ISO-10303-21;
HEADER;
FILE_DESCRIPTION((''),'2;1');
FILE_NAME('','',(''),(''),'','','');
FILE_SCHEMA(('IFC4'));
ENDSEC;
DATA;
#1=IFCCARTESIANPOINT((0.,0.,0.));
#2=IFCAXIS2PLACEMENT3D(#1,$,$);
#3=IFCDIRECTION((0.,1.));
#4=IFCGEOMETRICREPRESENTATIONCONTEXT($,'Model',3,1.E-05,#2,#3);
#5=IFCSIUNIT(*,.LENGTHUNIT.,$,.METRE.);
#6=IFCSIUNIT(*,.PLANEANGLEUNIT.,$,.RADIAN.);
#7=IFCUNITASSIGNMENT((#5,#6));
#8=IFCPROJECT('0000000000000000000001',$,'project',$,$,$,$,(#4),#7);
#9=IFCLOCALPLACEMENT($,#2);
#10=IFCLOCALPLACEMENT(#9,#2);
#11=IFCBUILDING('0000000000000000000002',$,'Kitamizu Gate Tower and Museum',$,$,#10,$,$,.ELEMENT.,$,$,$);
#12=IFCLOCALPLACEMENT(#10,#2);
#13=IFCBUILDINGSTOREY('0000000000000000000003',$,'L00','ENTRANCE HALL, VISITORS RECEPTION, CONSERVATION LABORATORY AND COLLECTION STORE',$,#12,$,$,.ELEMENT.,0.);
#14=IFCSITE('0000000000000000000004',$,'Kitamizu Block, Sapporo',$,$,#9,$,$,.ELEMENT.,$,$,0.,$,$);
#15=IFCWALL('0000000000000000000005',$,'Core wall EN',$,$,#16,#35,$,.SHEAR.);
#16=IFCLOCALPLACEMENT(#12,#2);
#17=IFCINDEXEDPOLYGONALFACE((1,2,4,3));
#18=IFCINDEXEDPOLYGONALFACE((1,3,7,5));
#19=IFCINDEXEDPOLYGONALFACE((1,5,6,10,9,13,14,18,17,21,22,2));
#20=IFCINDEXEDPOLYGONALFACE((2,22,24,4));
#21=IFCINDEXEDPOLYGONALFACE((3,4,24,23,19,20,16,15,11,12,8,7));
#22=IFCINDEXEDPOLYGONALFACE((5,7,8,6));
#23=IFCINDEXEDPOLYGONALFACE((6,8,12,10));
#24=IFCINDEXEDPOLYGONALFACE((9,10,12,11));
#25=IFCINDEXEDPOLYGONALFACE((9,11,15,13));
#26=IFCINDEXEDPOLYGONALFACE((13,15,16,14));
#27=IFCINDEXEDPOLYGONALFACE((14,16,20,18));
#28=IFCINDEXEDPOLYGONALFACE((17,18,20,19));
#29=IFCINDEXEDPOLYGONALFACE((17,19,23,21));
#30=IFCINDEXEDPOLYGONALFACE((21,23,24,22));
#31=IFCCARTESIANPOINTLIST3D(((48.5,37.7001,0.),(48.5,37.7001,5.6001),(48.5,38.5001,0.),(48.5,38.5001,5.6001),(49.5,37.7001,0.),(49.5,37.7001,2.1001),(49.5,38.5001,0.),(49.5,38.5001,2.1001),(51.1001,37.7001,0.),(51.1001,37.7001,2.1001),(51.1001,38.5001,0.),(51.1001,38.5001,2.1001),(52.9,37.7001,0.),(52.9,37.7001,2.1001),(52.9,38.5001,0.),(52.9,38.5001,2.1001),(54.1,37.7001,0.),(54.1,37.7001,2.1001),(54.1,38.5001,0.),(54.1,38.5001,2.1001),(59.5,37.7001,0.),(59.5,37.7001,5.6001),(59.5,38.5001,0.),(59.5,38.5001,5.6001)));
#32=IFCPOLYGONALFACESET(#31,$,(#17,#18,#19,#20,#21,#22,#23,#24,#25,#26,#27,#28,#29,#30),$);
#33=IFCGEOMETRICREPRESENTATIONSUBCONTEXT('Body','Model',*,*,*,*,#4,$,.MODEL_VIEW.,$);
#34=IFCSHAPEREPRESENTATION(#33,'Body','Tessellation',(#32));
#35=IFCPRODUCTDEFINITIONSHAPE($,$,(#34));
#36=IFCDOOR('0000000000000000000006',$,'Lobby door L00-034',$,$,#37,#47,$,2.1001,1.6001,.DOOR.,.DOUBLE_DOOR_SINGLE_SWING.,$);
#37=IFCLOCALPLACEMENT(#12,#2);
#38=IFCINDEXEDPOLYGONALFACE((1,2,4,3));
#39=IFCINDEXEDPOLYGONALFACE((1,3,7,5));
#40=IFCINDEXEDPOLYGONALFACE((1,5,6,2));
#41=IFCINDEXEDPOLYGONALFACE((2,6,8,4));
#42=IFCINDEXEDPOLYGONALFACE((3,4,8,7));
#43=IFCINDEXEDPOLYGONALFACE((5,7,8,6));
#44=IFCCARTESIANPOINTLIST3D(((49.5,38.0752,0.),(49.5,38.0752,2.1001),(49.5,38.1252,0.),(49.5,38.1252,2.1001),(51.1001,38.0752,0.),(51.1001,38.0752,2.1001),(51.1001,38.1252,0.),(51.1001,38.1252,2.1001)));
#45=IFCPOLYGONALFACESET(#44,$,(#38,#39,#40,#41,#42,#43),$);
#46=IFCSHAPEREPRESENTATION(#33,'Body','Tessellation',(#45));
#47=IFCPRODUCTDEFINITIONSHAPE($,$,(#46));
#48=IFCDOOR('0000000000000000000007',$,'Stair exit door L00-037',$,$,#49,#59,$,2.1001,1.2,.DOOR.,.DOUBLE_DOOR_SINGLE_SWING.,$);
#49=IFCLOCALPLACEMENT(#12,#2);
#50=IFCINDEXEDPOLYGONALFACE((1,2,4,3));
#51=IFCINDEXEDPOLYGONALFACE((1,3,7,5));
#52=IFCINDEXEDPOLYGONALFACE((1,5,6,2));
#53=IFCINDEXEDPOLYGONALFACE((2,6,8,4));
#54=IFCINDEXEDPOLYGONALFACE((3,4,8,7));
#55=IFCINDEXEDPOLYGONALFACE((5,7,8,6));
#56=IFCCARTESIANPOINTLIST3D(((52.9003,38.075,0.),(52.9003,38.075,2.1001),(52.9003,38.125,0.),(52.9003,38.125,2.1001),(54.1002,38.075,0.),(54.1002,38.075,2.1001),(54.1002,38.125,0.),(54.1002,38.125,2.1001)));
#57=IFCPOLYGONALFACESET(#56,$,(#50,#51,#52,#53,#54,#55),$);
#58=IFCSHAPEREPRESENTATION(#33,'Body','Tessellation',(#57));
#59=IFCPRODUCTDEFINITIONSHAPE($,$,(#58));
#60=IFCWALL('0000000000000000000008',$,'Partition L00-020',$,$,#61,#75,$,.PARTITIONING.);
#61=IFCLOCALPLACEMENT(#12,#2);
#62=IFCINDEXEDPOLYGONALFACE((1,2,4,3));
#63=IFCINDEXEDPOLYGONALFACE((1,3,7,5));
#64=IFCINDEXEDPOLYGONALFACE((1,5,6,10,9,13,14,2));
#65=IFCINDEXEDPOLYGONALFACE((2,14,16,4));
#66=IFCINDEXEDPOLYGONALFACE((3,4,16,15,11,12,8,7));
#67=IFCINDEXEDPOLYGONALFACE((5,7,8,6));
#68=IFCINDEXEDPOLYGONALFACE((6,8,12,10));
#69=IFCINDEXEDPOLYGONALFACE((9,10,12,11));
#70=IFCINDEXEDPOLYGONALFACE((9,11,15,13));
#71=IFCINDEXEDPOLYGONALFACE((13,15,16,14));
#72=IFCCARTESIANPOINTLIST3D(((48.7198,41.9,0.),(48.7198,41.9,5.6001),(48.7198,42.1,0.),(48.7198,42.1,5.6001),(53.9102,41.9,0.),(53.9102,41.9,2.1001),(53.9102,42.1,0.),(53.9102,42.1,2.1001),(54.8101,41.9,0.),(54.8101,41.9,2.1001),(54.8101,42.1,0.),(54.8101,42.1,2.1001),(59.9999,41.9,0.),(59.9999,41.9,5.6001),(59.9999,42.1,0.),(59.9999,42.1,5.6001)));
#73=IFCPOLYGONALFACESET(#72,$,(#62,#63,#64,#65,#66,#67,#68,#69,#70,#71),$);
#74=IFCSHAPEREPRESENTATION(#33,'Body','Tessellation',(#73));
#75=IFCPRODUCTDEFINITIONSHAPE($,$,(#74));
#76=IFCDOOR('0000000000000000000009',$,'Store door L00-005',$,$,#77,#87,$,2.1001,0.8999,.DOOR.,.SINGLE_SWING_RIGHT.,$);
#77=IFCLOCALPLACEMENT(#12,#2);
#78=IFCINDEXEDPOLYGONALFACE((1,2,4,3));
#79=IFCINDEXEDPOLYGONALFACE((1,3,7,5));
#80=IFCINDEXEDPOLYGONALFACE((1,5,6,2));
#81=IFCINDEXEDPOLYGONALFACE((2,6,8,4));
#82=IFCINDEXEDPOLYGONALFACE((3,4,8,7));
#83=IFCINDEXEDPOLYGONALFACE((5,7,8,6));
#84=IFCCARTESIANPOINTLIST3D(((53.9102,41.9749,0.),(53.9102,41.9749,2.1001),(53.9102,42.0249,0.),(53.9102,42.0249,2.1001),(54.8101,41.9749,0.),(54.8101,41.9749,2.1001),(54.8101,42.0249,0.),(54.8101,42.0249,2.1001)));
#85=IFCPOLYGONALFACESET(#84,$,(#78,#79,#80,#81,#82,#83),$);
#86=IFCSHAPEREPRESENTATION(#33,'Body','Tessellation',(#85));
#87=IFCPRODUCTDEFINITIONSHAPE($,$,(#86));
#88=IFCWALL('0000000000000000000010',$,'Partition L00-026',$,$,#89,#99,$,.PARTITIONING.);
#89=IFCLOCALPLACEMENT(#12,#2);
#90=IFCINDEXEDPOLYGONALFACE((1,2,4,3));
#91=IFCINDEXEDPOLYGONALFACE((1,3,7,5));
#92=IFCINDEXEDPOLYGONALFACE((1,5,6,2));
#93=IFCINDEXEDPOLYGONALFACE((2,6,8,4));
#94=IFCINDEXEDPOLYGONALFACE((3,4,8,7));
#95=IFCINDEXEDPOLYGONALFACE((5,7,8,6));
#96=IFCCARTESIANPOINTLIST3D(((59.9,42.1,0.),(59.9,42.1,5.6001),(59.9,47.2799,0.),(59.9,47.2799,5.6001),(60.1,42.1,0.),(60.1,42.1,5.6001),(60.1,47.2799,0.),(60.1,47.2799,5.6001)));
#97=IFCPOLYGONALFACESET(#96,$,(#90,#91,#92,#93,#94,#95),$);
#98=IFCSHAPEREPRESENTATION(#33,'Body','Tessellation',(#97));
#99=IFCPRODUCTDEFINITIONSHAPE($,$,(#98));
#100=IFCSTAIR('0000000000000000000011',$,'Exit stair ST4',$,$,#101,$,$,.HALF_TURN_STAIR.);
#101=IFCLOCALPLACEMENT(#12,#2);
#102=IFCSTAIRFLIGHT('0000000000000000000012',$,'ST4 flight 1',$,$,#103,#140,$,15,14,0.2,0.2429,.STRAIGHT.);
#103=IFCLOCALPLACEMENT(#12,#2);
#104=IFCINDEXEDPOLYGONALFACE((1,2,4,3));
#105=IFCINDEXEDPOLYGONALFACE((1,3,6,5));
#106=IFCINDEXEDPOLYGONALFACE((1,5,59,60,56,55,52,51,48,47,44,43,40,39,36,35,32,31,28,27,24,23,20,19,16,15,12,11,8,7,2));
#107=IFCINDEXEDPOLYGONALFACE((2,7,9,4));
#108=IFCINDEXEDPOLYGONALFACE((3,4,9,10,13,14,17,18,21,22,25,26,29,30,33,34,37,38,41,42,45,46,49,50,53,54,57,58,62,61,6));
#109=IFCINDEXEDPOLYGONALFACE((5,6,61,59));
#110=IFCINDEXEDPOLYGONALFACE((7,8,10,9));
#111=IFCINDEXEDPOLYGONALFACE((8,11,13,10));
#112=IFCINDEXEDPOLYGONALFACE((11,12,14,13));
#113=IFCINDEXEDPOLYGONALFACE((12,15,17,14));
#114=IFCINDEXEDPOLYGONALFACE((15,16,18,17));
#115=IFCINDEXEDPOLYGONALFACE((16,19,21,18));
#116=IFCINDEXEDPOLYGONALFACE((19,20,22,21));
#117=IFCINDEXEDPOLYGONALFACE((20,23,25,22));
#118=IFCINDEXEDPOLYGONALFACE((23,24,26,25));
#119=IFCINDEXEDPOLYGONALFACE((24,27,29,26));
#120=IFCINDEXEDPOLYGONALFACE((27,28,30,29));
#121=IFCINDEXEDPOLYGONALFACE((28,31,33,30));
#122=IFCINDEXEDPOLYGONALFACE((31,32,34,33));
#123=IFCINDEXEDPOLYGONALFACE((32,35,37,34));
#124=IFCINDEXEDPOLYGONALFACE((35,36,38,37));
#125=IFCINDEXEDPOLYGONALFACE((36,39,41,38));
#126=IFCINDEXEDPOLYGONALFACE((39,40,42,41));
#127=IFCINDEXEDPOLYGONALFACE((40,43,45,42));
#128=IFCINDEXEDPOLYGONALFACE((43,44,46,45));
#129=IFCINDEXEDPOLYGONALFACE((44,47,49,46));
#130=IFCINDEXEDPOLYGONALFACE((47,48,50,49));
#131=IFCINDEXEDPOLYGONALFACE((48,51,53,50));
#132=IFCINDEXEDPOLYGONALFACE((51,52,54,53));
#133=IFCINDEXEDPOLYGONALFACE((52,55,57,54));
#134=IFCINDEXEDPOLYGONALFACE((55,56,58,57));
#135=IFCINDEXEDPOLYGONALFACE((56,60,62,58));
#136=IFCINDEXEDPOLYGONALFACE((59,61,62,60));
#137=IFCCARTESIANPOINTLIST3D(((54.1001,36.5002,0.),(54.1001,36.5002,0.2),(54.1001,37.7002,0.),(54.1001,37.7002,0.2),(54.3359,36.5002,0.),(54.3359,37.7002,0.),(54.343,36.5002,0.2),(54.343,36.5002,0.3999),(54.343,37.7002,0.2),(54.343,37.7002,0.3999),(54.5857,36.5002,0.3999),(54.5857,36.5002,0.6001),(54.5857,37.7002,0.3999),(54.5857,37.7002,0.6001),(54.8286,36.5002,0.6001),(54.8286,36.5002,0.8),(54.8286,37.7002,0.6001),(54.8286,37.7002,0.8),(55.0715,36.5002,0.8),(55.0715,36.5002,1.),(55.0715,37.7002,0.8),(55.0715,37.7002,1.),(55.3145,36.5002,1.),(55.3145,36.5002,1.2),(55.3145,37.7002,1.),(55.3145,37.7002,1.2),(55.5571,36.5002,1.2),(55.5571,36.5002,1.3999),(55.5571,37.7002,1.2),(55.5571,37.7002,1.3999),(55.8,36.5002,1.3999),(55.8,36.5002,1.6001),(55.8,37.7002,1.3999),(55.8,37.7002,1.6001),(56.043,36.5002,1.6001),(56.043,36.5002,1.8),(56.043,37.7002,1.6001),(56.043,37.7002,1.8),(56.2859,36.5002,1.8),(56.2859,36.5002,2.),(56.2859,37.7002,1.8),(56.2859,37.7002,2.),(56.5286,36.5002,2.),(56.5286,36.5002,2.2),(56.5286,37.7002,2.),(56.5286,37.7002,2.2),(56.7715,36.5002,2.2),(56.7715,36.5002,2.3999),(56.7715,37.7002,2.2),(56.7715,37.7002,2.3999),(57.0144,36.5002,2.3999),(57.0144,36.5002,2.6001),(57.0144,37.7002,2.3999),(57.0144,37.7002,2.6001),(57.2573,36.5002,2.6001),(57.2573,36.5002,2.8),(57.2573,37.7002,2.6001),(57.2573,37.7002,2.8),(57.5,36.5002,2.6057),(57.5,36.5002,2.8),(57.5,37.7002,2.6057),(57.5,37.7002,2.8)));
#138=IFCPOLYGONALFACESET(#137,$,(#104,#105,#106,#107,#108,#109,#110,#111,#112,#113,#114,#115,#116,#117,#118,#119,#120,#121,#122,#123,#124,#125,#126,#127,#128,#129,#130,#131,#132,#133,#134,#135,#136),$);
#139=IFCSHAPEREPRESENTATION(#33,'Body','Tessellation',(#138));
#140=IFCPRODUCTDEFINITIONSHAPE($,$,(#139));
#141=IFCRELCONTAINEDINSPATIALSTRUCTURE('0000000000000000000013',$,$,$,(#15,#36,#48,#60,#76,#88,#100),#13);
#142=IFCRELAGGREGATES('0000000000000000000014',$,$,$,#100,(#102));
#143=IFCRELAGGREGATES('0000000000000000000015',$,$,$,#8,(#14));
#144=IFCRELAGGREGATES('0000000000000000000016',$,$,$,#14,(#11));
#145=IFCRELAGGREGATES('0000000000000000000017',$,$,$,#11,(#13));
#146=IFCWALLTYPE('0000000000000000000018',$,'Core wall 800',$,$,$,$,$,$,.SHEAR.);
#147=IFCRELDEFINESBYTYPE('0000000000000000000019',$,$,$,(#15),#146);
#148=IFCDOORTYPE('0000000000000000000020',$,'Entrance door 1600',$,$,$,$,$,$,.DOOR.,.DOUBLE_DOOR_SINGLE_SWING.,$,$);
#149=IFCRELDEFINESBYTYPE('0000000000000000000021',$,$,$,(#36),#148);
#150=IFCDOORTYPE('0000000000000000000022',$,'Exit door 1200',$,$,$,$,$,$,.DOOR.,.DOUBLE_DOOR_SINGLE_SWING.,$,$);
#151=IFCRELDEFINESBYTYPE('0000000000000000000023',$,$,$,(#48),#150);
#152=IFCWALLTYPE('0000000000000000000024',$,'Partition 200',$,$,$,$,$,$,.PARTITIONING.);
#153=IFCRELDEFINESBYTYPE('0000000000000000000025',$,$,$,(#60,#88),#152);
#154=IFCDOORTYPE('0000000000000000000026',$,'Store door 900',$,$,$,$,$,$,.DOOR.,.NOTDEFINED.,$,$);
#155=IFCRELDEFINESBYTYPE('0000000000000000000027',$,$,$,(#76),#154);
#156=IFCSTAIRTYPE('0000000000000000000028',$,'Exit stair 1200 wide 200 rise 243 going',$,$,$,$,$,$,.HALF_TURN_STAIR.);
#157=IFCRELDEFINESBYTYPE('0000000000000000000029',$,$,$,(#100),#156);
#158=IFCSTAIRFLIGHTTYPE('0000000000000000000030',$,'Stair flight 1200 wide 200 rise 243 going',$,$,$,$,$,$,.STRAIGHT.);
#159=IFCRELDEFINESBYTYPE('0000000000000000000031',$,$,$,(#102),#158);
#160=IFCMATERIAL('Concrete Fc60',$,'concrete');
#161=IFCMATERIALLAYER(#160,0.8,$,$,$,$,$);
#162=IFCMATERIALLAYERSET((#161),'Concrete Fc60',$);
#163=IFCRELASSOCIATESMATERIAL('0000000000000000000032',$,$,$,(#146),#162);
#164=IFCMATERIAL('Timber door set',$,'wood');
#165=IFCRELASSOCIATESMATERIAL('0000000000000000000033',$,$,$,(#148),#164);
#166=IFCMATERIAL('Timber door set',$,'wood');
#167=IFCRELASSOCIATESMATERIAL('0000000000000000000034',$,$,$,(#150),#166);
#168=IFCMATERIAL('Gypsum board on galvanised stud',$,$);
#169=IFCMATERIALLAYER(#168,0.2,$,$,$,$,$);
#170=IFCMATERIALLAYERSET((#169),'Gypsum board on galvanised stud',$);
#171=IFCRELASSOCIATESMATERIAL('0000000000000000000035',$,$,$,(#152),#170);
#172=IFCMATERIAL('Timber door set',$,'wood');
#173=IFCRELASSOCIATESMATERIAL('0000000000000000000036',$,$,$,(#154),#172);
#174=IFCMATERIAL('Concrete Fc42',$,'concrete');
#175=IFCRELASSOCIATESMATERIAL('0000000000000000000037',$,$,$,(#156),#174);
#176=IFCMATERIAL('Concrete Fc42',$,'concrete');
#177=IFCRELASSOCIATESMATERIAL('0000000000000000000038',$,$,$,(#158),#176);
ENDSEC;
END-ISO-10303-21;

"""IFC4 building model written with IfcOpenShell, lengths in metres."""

from ifc_helpers import new_model, si_unit, direction, frame, frame_2d, origin, place, context, subcontext, project, spatial, polyline, rectangle, outline, extrude, material, layer, layer_set, type_object, element, fill, aggregate, save


model = new_model("IFC4")

# Units and contexts
model_context = context("Model", 3, precision=1e-05, world=origin(), true_north=direction((0.0, 1.0)))
body_context = subcontext(model_context, "Body", "Model", "MODEL_VIEW")
ifc_project = project(units=[si_unit("LENGTHUNIT", "METRE"), si_unit("PLANEANGLEUNIT", "RADIAN")], contexts=[model_context])

# Site, building, storey
site_placement = place(None, origin())
site = spatial("IfcSite", under=ifc_project, at=site_placement, Name="Kitamizu Block, Sapporo", CompositionType="ELEMENT", RefElevation=0.0)
building_placement = place(site_placement, origin())
building = spatial("IfcBuilding", under=site, at=building_placement, Name="Kitamizu Gate Tower and Museum", CompositionType="ELEMENT")
storey_placement = place(building_placement, origin())
storey = spatial("IfcBuildingStorey", under=building, at=storey_placement, Name="L00", Description="ENTRANCE HALL, VISITORS RECEPTION, CONSERVATION LABORATORY AND COLLECTION STORE", CompositionType="ELEMENT", Elevation=0.0)

# Wall, openings, doors
ifc_material_1 = material(Name="Concrete Fc60", Category="concrete")
ifc_layer_1 = layer(ifc_material_1, 0.8)
ifc_layer_set_1 = layer_set([ifc_layer_1], Name="Concrete Fc60")
wall_type_1 = type_object("IfcWallType", Name="Core wall 800", PredefinedType="SHEAR", material=ifc_layer_set_1)
wall_1_placement = place(storey_placement, frame((59.5, 38.1001, 0.0), z_axis=(0.0, 0.0, 1.0), x_axis=(-1.0, 0.0, 0.0)))
wall_1 = element("IfcWall", 1, at=wall_1_placement, inside=storey, type_object=wall_type_1, Name="Core wall EN", PredefinedType="SHEAR", context=body_context, shape_type="SweptSolid", body=[
    extrude(rectangle(XDim=11.0, YDim=0.8, at=frame_2d((5.5, 0.0))), origin(), (0.0, 0.0, 1.0), 5.6001),
])
opening_1_placement = place(wall_1_placement, frame((8.3999, 0.0, 0.0)))
opening_1 = element("IfcOpeningElement", 2, at=opening_1_placement, cuts=wall_1, PredefinedType="OPENING", context=body_context, shape_type="SweptSolid", body=[
    extrude(rectangle(XDim=1.6001, YDim=2.1001, at=frame_2d((0.8, 1.05))), frame((0.0, 0.4102, 0.0), z_axis=(0.0, -1.0, 0.0), x_axis=(1.0, 0.0, 0.0)), (0.0, 0.0, 1.0), 0.8201),
])
opening_2_placement = place(wall_1_placement, frame((5.3999, 0.0, 0.0)))
opening_2 = element("IfcOpeningElement", 3, at=opening_2_placement, cuts=wall_1, PredefinedType="OPENING", context=body_context, shape_type="SweptSolid", body=[
    extrude(rectangle(XDim=1.2, YDim=2.1001, at=frame_2d((0.6001, 1.05))), frame((0.0, 0.4102, 0.0), z_axis=(0.0, -1.0, 0.0), x_axis=(1.0, 0.0, 0.0)), (0.0, 0.0, 1.0), 0.8201),
])
ifc_material_2 = material(Name="Timber door set", Category="wood")
door_type_1 = type_object("IfcDoorType", Name="Entrance door 1600", OperationType="DOUBLE_DOOR_SINGLE_SWING", PredefinedType="DOOR", material=ifc_material_2)
door_1_placement = place(opening_1_placement, origin())
door_1 = element("IfcDoor", 4, at=door_1_placement, inside=storey, type_object=door_type_1, Name="Lobby door L00-034", OperationType="DOUBLE_DOOR_SINGLE_SWING", OverallHeight=2.1001, OverallWidth=1.6001, PredefinedType="DOOR", context=body_context, shape_type="SweptSolid", body=[
    extrude(rectangle(XDim=1.6001, YDim=2.1001, at=frame_2d((0.8, 1.05))), frame((0.0, 0.0249, 0.0), z_axis=(0.0, -1.0, 0.0), x_axis=(1.0, 0.0, 0.0)), (0.0, 0.0, 1.0), 0.05),
])
fill(opening_1, door_1)
ifc_material_3 = material(Name="Timber door set", Category="wood")
door_type_2 = type_object("IfcDoorType", Name="Exit door 1200", OperationType="DOUBLE_DOOR_SINGLE_SWING", PredefinedType="DOOR", material=ifc_material_3)
door_2_placement = place(opening_2_placement, frame((1.2, 0.0, 0.0), x_axis=(-1.0, 0.0, 0.0)))
door_2 = element("IfcDoor", 5, at=door_2_placement, inside=storey, type_object=door_type_2, Name="Stair exit door L00-037", OperationType="DOUBLE_DOOR_SINGLE_SWING", OverallHeight=2.1001, OverallWidth=1.2, PredefinedType="DOOR", context=body_context, shape_type="SweptSolid", body=[
    extrude(rectangle(XDim=1.2, YDim=2.1001, at=frame_2d((0.6001, 1.05))), frame((0.0, 0.0249, 0.0), z_axis=(0.0, -1.0, 0.0), x_axis=(1.0, 0.0, 0.0)), (0.0, 0.0, 1.0), 0.05),
])
fill(opening_2, door_2)

# Wall, opening, door
ifc_material_4 = material(Name="Gypsum board on galvanised stud")
ifc_layer_2 = layer(ifc_material_4, 0.2)
ifc_layer_set_2 = layer_set([ifc_layer_2], Name="Gypsum board on galvanised stud")
wall_type_2 = type_object("IfcWallType", Name="Partition 200", PredefinedType="PARTITIONING", material=ifc_layer_set_2)
wall_2_placement = place(storey_placement, frame((60.0, 42.0, 0.0), z_axis=(0.0, 0.0, 1.0), x_axis=(-1.0, 0.0, 0.0)))
wall_2 = element("IfcWall", 6, at=wall_2_placement, inside=storey, type_object=wall_type_2, Name="Partition L00-020", PredefinedType="PARTITIONING", context=body_context, shape_type="SweptSolid", body=[
    extrude(rectangle(XDim=11.28, YDim=0.2, at=frame_2d((5.6401, 0.0))), origin(), (0.0, 0.0, 1.0), 5.6001),
])
opening_3_placement = place(wall_2_placement, frame((5.1899, 0.0, 0.0)))
opening_3 = element("IfcOpeningElement", 7, at=opening_3_placement, cuts=wall_2, PredefinedType="OPENING", context=body_context, shape_type="SweptSolid", body=[
    extrude(rectangle(XDim=0.8999, YDim=2.1001, at=frame_2d((0.45, 1.05))), frame((0.0, 0.1099, 0.0), z_axis=(0.0, -1.0, 0.0), x_axis=(1.0, 0.0, 0.0)), (0.0, 0.0, 1.0), 0.22),
])
ifc_material_5 = material(Name="Timber door set", Category="wood")
door_type_3 = type_object("IfcDoorType", Name="Store door 900", OperationType="NOTDEFINED", PredefinedType="DOOR", material=ifc_material_5)
door_3_placement = place(opening_3_placement, frame((0.8999, 0.0, 0.0), x_axis=(-1.0, 0.0, 0.0)))
door_3 = element("IfcDoor", 8, at=door_3_placement, inside=storey, type_object=door_type_3, Name="Store door L00-005", OperationType="SINGLE_SWING_RIGHT", OverallHeight=2.1001, OverallWidth=0.8999, PredefinedType="DOOR", context=body_context, shape_type="SweptSolid", body=[
    extrude(rectangle(XDim=0.8999, YDim=2.1001, at=frame_2d((0.45, 1.05))), frame((0.0, 0.0249, 0.0), z_axis=(0.0, -1.0, 0.0), x_axis=(1.0, 0.0, 0.0)), (0.0, 0.0, 1.0), 0.05),
])
fill(opening_3, door_3)

# Wall
wall_3_placement = place(storey_placement, frame((60.0, 42.1001, 0.0), z_axis=(0.0, 0.0, 1.0), x_axis=(0.0, 1.0, 0.0)))
element("IfcWall", 9, at=wall_3_placement, inside=storey, type_object=wall_type_2, Name="Partition L00-026", PredefinedType="PARTITIONING", context=body_context, shape_type="SweptSolid", body=[
    extrude(rectangle(XDim=5.1799, YDim=0.2, at=frame_2d((2.5898, 0.0))), origin(), (0.0, 0.0, 1.0), 5.6001),
])

# Stair, stair flight
ifc_material_6 = material(Name="Concrete Fc42", Category="concrete")
stair_type = type_object("IfcStairType", Name="Exit stair 1200 wide 200 rise 243 going", PredefinedType="HALF_TURN_STAIR", material=ifc_material_6)
stair_placement = place(storey_placement, origin())
stair = element("IfcStair", 10, at=stair_placement, inside=storey, type_object=stair_type, Name="Exit stair ST4", PredefinedType="HALF_TURN_STAIR")
ifc_material_7 = material(Name="Concrete Fc42", Category="concrete")
stair_flight_type = type_object("IfcStairFlightType", Name="Stair flight 1200 wide 200 rise 243 going", PredefinedType="STRAIGHT", material=ifc_material_7)
stair_flight_placement = place(storey_placement, frame((54.1001, 37.1001, 0.0), z_axis=(0.0, 0.0, 1.0), x_axis=(1.0, 0.0, 0.0)))
stair_flight = element("IfcStairFlight", 11, at=stair_flight_placement, type_object=stair_flight_type, Name="ST4 flight 1", NumberOfRisers=15, NumberOfTreads=14, PredefinedType="STRAIGHT", RiserHeight=0.2, TreadLength=0.2429, context=body_context, shape_type="SweptSolid", body=[
    extrude(outline(polyline([(0.0, 0.0), (0.0, 0.2), (0.2429, 0.2), (0.2429, 0.3999), (0.4856, 0.3999), (0.4856, 0.6001), (0.7285, 0.6001), (0.7285, 0.8), (0.9714, 0.8), (0.9714, 1.0), (1.2144, 1.0), (1.2144, 1.2), (1.457, 1.2), (1.457, 1.3999), (1.7, 1.3999), (1.7, 1.6001), (1.9429, 1.6001), (1.9429, 1.8), (2.1858, 1.8), (2.1858, 2.0), (2.4285, 2.0), (2.4285, 2.2), (2.6714, 2.2), (2.6714, 2.3999), (2.9143, 2.3999), (2.9143, 2.6001), (3.1572, 2.6001), (3.1572, 2.8), (3.3999, 2.8), (3.3999, 3.0), (3.3999, 2.6057), (0.2358, 0.0), (0.0, 0.0)])), frame((0.0, 0.6001, 0.0), z_axis=(0.0, -1.0, 0.0), x_axis=(1.0, 0.0, 0.0)), (0.0, 0.0, 1.0), 1.2),
])
aggregate(stair, [stair_flight])

save(model, "model.ifc")
